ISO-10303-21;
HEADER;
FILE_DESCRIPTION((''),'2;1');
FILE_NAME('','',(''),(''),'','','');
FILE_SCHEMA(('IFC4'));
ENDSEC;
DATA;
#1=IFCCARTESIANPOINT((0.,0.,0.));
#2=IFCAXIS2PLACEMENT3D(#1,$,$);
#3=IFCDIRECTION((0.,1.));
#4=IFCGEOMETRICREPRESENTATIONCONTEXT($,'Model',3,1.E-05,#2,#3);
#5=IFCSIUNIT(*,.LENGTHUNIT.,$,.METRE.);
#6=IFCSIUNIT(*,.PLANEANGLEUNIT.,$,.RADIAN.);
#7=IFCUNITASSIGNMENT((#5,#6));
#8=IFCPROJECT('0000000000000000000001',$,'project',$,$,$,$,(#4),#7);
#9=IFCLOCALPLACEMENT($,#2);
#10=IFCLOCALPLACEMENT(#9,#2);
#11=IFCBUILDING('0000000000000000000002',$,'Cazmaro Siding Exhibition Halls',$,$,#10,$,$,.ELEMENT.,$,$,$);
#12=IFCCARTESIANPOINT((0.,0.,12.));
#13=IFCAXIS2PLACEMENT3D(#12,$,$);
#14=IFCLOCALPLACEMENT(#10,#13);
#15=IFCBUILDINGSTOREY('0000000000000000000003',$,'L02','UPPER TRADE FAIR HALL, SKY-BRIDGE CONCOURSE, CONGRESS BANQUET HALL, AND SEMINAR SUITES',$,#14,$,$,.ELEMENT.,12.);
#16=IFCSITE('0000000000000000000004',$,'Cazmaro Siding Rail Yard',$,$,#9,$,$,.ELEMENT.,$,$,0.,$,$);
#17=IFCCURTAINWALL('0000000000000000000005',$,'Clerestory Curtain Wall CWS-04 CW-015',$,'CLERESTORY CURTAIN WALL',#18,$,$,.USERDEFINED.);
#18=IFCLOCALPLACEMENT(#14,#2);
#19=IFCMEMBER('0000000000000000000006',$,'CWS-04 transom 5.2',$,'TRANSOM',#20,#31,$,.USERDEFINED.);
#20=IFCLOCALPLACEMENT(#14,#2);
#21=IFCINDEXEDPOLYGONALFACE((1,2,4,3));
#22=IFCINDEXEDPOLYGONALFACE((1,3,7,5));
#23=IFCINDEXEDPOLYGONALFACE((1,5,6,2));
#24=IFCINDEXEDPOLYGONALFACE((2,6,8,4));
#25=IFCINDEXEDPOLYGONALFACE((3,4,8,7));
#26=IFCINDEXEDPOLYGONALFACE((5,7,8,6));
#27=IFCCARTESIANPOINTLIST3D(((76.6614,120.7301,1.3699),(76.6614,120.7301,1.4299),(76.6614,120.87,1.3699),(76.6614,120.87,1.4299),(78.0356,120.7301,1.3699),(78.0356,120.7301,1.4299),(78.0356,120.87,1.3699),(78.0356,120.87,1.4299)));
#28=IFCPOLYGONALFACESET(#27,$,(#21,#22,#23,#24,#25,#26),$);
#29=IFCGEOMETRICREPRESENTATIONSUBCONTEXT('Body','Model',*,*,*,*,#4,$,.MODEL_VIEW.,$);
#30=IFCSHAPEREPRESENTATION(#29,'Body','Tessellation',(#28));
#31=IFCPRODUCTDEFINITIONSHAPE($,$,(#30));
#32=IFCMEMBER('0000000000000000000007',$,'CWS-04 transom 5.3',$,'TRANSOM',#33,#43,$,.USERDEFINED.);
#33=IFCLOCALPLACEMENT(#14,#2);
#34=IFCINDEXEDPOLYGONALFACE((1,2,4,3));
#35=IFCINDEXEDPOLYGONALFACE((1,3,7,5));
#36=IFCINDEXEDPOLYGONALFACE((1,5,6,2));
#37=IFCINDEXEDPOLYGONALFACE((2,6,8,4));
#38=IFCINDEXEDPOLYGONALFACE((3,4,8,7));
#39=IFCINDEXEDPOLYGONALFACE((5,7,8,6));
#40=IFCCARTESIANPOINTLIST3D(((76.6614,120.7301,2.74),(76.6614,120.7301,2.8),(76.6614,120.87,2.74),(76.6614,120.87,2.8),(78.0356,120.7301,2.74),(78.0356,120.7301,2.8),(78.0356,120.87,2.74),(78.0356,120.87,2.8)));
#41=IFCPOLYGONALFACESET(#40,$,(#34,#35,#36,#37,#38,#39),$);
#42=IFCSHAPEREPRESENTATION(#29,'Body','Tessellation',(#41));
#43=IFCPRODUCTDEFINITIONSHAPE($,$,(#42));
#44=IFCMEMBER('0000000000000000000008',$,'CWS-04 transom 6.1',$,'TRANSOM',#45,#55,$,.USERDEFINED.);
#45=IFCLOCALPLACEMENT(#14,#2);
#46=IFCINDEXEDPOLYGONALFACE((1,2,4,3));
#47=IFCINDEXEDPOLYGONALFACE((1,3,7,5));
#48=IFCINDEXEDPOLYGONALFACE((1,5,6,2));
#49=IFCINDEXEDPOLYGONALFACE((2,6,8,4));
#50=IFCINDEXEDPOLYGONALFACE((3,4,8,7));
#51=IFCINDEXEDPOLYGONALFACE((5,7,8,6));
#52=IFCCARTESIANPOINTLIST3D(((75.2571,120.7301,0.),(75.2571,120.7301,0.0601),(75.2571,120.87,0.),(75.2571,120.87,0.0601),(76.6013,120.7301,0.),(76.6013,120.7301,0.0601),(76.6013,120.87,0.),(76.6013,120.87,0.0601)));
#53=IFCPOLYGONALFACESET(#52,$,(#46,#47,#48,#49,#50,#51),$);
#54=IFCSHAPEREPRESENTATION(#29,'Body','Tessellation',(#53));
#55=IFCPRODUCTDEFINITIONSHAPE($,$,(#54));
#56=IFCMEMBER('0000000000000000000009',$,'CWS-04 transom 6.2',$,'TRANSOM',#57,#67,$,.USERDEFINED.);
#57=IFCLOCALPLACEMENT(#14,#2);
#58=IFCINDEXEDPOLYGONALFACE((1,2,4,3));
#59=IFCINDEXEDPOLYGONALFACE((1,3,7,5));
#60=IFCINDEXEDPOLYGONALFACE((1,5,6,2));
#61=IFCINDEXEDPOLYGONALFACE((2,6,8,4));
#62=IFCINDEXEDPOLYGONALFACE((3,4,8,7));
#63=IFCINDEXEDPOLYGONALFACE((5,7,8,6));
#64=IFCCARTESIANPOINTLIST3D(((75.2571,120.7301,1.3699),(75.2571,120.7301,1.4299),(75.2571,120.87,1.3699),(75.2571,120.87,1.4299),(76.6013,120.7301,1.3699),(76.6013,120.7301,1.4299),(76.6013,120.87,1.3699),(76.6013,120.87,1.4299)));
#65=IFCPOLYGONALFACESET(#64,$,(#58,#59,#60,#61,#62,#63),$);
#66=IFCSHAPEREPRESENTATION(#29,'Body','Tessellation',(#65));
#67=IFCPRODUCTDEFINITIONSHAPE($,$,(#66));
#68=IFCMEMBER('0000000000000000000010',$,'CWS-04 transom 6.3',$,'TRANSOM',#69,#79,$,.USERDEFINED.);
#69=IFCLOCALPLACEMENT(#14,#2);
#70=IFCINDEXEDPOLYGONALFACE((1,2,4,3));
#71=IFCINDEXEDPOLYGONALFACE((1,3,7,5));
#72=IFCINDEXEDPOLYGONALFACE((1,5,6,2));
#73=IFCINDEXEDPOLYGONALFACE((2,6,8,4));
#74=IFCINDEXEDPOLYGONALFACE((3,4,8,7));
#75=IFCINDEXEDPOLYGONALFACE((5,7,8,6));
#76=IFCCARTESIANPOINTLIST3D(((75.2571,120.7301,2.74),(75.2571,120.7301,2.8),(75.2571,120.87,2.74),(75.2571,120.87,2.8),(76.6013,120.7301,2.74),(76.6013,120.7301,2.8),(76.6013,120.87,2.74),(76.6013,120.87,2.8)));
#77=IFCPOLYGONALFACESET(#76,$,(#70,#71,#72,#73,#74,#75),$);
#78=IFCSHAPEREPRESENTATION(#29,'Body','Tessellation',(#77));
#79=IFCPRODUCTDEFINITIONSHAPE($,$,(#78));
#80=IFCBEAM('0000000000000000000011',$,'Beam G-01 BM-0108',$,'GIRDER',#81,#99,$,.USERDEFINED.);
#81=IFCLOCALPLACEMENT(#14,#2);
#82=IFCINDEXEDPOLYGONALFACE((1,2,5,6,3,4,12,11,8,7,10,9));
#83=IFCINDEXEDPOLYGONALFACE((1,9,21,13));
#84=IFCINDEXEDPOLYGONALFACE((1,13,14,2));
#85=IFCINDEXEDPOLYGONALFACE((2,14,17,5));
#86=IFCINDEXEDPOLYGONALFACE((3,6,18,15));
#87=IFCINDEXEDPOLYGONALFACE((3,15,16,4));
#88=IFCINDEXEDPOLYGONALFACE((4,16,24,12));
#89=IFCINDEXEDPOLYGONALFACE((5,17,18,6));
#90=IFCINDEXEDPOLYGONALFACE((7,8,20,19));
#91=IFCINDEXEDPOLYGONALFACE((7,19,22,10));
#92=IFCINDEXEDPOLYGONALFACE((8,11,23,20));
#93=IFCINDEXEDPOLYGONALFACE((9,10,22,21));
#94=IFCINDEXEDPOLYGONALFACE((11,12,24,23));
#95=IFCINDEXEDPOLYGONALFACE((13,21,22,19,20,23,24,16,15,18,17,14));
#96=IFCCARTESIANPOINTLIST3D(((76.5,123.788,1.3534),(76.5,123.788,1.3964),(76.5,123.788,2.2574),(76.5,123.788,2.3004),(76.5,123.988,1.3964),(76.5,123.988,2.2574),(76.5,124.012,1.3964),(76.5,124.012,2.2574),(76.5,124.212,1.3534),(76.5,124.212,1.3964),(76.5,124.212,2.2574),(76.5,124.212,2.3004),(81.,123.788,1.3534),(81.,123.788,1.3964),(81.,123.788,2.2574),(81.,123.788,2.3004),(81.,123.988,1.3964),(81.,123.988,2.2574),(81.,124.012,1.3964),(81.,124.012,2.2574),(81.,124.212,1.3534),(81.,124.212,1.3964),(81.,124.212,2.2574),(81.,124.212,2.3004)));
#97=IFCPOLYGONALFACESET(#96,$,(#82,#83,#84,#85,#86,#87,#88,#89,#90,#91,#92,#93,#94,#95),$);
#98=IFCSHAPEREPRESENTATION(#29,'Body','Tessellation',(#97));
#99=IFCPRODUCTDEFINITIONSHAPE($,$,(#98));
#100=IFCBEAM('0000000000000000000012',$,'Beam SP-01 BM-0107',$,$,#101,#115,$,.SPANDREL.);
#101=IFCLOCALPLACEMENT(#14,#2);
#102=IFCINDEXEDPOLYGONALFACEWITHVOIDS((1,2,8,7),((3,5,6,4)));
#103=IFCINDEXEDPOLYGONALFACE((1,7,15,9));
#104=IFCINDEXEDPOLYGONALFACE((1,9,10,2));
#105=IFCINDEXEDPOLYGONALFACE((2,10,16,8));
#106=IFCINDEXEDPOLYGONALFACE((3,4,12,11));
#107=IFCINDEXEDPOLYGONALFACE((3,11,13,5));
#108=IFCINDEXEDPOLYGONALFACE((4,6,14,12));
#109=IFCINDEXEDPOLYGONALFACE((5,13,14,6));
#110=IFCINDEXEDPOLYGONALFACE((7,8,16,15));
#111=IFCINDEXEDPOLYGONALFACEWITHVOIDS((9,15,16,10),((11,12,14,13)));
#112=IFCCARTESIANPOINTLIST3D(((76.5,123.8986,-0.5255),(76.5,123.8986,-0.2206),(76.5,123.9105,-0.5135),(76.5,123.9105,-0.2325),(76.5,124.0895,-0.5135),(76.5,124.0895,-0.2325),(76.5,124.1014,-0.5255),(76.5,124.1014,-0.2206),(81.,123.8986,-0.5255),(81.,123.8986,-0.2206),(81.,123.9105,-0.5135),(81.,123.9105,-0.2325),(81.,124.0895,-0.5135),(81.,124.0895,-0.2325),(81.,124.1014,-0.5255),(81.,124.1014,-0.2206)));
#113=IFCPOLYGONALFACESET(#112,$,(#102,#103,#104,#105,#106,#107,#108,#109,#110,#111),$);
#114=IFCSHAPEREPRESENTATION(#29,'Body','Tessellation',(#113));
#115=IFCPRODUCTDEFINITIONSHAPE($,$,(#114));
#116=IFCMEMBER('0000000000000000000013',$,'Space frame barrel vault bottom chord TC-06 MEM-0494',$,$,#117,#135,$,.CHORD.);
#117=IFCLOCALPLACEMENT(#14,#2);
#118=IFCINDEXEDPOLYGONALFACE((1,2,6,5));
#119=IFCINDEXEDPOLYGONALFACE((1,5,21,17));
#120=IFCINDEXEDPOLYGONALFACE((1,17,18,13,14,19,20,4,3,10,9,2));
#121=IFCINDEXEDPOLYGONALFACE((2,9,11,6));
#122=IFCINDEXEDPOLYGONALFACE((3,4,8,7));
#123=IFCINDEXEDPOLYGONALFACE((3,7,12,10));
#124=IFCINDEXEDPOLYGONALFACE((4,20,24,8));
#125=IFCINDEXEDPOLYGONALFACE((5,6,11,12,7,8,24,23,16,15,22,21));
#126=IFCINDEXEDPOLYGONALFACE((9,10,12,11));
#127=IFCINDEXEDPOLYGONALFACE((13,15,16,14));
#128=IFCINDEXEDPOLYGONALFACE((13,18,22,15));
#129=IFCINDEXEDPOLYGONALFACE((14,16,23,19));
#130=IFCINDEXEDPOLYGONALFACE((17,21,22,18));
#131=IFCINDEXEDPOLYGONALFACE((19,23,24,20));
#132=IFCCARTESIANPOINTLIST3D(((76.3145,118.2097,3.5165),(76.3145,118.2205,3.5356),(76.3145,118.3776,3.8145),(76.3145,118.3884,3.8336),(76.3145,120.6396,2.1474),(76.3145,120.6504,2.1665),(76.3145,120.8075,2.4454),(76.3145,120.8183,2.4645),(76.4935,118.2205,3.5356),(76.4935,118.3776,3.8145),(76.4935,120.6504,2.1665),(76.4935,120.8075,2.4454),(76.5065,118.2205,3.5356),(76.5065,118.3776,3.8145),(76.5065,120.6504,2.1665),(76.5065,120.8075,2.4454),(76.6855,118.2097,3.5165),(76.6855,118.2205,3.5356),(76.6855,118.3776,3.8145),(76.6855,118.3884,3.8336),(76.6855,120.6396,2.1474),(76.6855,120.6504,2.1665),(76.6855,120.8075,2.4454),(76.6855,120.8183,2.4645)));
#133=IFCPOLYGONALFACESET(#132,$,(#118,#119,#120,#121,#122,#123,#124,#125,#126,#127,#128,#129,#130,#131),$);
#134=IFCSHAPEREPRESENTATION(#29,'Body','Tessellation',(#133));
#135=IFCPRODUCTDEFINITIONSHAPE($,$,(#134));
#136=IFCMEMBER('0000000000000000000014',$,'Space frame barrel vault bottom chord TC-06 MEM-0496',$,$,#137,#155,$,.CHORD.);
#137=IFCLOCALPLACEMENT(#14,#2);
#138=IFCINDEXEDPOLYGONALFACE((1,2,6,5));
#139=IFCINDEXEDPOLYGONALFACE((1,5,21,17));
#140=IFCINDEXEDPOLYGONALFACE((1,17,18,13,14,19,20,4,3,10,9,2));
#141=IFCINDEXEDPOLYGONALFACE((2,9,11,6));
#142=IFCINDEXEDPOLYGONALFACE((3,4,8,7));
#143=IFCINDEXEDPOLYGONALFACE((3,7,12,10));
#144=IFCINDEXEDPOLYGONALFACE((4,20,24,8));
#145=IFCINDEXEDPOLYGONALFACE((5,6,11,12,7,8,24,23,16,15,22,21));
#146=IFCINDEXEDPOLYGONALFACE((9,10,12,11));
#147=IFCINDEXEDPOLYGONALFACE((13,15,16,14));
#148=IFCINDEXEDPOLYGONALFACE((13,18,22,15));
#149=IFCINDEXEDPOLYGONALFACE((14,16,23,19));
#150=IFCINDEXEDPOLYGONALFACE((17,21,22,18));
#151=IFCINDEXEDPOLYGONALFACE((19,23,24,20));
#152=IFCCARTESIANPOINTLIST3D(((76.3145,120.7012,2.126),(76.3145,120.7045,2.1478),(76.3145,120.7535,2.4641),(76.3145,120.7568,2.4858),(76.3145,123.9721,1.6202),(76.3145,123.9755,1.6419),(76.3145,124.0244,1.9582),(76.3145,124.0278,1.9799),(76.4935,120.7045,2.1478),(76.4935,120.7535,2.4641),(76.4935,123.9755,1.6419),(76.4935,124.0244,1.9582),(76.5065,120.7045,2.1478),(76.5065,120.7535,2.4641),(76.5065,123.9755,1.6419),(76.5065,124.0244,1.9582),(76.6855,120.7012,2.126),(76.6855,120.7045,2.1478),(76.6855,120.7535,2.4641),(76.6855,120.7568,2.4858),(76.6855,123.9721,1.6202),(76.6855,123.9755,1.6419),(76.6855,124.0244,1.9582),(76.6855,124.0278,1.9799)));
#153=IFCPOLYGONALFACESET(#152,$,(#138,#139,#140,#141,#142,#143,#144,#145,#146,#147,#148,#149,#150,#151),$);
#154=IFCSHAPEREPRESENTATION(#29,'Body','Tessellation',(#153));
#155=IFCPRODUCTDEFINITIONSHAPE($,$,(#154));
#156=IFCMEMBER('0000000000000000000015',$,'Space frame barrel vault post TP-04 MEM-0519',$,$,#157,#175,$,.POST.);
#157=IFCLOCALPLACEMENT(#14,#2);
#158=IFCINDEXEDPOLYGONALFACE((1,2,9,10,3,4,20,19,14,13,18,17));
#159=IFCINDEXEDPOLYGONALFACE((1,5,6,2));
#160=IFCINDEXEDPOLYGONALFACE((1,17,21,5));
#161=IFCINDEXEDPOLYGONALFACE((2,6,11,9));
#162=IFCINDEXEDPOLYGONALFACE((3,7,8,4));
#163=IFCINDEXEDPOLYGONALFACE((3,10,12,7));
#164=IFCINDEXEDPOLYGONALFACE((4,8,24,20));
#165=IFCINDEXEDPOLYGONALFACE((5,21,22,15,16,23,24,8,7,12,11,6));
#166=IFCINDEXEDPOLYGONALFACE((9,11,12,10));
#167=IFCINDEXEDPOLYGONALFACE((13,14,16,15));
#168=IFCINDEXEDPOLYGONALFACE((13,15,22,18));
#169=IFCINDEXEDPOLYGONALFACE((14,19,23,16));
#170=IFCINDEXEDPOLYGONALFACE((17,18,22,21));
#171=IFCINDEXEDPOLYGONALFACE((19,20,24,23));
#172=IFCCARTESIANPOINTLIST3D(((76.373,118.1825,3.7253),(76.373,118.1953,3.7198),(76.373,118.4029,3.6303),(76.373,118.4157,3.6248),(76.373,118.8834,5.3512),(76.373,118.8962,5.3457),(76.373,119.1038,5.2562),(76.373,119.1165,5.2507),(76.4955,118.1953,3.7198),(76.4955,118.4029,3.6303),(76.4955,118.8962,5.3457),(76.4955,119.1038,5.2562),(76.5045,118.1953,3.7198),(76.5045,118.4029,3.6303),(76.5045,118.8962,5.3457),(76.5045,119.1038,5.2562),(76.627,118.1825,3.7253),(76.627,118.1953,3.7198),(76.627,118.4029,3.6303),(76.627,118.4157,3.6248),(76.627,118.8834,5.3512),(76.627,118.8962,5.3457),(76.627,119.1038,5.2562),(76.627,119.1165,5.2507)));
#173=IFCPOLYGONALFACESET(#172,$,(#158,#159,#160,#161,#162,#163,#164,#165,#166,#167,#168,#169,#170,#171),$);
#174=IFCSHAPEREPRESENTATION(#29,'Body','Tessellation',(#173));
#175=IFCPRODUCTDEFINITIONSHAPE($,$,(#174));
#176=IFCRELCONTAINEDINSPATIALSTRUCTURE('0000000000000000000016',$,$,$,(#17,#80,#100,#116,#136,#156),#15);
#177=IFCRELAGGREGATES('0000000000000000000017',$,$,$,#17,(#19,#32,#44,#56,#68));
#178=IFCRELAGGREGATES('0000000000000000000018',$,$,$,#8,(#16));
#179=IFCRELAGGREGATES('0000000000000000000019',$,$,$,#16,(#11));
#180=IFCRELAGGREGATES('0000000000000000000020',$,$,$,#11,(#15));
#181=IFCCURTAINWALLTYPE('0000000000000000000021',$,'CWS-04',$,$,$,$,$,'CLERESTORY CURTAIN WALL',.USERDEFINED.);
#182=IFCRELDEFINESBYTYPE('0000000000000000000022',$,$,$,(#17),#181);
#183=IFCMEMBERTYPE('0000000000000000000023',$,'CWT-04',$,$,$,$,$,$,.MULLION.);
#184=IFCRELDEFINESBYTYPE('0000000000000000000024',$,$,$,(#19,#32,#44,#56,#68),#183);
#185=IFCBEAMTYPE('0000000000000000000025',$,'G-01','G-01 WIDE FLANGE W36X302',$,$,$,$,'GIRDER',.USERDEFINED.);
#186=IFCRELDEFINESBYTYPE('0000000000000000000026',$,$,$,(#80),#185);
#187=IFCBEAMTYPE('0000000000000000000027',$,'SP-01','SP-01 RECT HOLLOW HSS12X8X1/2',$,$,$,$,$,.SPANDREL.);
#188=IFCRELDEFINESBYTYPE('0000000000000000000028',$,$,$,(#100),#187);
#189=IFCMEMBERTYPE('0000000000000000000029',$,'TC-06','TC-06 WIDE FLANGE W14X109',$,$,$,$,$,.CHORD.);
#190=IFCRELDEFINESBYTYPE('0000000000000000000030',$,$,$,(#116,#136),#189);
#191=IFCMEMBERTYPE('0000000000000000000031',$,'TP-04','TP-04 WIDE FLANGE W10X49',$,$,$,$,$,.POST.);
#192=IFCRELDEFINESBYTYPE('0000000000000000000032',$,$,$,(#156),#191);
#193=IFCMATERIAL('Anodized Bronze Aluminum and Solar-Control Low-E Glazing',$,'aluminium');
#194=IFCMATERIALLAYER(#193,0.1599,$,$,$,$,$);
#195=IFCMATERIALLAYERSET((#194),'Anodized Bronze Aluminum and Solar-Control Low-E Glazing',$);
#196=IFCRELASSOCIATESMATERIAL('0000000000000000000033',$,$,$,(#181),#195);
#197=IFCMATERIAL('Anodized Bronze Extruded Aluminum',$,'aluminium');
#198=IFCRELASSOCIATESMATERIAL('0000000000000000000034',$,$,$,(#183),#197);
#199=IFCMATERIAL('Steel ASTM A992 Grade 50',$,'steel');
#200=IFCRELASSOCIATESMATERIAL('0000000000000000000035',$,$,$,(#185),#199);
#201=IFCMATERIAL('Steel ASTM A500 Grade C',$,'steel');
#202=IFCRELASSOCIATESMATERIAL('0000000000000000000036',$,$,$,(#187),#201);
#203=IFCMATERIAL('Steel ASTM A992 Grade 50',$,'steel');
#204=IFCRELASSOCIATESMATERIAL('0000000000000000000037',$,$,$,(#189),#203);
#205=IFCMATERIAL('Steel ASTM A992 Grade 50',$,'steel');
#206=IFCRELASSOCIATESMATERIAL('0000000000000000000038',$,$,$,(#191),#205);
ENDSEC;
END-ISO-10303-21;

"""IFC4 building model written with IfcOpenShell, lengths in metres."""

from ifc_helpers import new_model, si_unit, direction, frame, origin, origin_2d, place, context, subcontext, project, spatial, rectangle, hollow_rectangle, i_section, extrude, material, layer, layer_set, material_profile, profile_set, type_object, element, aggregate, save


model = new_model("IFC4")

# Units and contexts
model_context = context("Model", 3, precision=1e-05, world=origin(), true_north=direction((0.0, 1.0)))
body_context = subcontext(model_context, "Body", "Model", "MODEL_VIEW")
ifc_project = project(units=[si_unit("LENGTHUNIT", "METRE"), si_unit("PLANEANGLEUNIT", "RADIAN")], contexts=[model_context])

# Site, building, storey
site_placement = place(None, origin())
site = spatial("IfcSite", under=ifc_project, at=site_placement, Name="Cazmaro Siding Rail Yard", CompositionType="ELEMENT", RefElevation=0.0)
building_placement = place(site_placement, origin())
building = spatial("IfcBuilding", under=site, at=building_placement, Name="Cazmaro Siding Exhibition Halls", CompositionType="ELEMENT")
storey_placement = place(building_placement, frame((0.0, 0.0, 12.0)))
storey = spatial("IfcBuildingStorey", under=building, at=storey_placement, Name="L02", Description="UPPER TRADE FAIR HALL, SKY-BRIDGE CONCOURSE, CONGRESS BANQUET HALL, AND SEMINAR SUITES", CompositionType="ELEMENT", Elevation=12.0)

# Curtain wall, members
ifc_material_1 = material(Name="Anodized Bronze Aluminum and Solar-Control Low-E Glazing", Category="aluminium")
ifc_layer_1 = layer(ifc_material_1, 0.1599)
ifc_layer_set_1 = layer_set([ifc_layer_1], Name="Anodized Bronze Aluminum and Solar-Control Low-E Glazing")
curtain_wall_type = type_object("IfcCurtainWallType", Name="CWS-04", ElementType="CLERESTORY CURTAIN WALL", PredefinedType="USERDEFINED", material=ifc_layer_set_1)
curtain_wall_placement = place(storey_placement, origin())
curtain_wall = element("IfcCurtainWall", 1, at=curtain_wall_placement, inside=storey, type_object=curtain_wall_type, Name="Clerestory Curtain Wall CWS-04 CW-015", ObjectType="CLERESTORY CURTAIN WALL", PredefinedType="USERDEFINED")
ifc_material_2 = material(Name="Anodized Bronze Extruded Aluminum", Category="aluminium")
ifc_material_profile_1 = material_profile(ifc_material_2, rectangle(XDim=0.1399, YDim=0.0601, at=origin_2d()), Name="CWT-04")
ifc_profile_set_1 = profile_set([ifc_material_profile_1], Name="Anodized Bronze Extruded Aluminum")
member_type_1 = type_object("IfcMemberType", Name="CWT-04", PredefinedType="MULLION", material=ifc_profile_set_1)
member_1_placement = place(storey_placement, frame((78.0356, 120.8, 1.3999), z_axis=(-1.0, 0.0, 0.0), x_axis=(0.0, -1.0, 0.0)))
member_1 = element("IfcMember", 2, at=member_1_placement, type_object=member_type_1, Name="CWS-04 transom 5.2", ObjectType="TRANSOM", PredefinedType="USERDEFINED", context=body_context, shape_type="SweptSolid", body=[
    extrude(rectangle(XDim=0.1399, YDim=0.0601, at=origin_2d()), origin(), (0.0, 0.0, 1.0), 1.3743),
])
member_2_placement = place(storey_placement, frame((78.0356, 120.8, 2.77), z_axis=(-1.0, 0.0, 0.0), x_axis=(0.0, -1.0, 0.0)))
member_2 = element("IfcMember", 3, at=member_2_placement, type_object=member_type_1, Name="CWS-04 transom 5.3", ObjectType="TRANSOM", PredefinedType="USERDEFINED", context=body_context, shape_type="SweptSolid", body=[
    extrude(rectangle(XDim=0.1399, YDim=0.0601, at=origin_2d()), origin(), (0.0, 0.0, 1.0), 1.3743),
])
member_3_placement = place(storey_placement, frame((76.6013, 120.8, 0.03), z_axis=(-1.0, 0.0, 0.0), x_axis=(0.0, -1.0, 0.0)))
member_3 = element("IfcMember", 4, at=member_3_placement, type_object=member_type_1, Name="CWS-04 transom 6.1", ObjectType="TRANSOM", PredefinedType="USERDEFINED", context=body_context, shape_type="SweptSolid", body=[
    extrude(rectangle(XDim=0.1399, YDim=0.0601, at=origin_2d()), origin(), (0.0, 0.0, 1.0), 1.3442),
])
member_4_placement = place(storey_placement, frame((76.6013, 120.8, 1.3999), z_axis=(-1.0, 0.0, 0.0), x_axis=(0.0, -1.0, 0.0)))
member_4 = element("IfcMember", 5, at=member_4_placement, type_object=member_type_1, Name="CWS-04 transom 6.2", ObjectType="TRANSOM", PredefinedType="USERDEFINED", context=body_context, shape_type="SweptSolid", body=[
    extrude(rectangle(XDim=0.1399, YDim=0.0601, at=origin_2d()), origin(), (0.0, 0.0, 1.0), 1.3442),
])
member_5_placement = place(storey_placement, frame((76.6013, 120.8, 2.77), z_axis=(-1.0, 0.0, 0.0), x_axis=(0.0, -1.0, 0.0)))
member_5 = element("IfcMember", 6, at=member_5_placement, type_object=member_type_1, Name="CWS-04 transom 6.3", ObjectType="TRANSOM", PredefinedType="USERDEFINED", context=body_context, shape_type="SweptSolid", body=[
    extrude(rectangle(XDim=0.1399, YDim=0.0601, at=origin_2d()), origin(), (0.0, 0.0, 1.0), 1.3442),
])

# Beams
ifc_material_3 = material(Name="Steel ASTM A992 Grade 50", Category="steel")
ifc_material_profile_2 = material_profile(ifc_material_3, i_section(OverallWidth=0.4241, OverallDepth=0.947, WebThickness=0.0239, FlangeThickness=0.043, at=origin_2d()), Name="W36X302")
ifc_profile_set_2 = profile_set([ifc_material_profile_2], Name="Steel ASTM A992 Grade 50")
beam_type_1 = type_object("IfcBeamType", Name="G-01", Description="G-01 WIDE FLANGE W36X302", ElementType="GIRDER", PredefinedType="USERDEFINED", material=ifc_profile_set_2)
beam_1_placement = place(storey_placement, frame((76.5, 124.0, 1.8269), z_axis=(1.0, 0.0, 0.0), x_axis=(0.0, 1.0, 0.0)))
element("IfcBeam", 7, at=beam_1_placement, inside=storey, type_object=beam_type_1, Name="Beam G-01 BM-0108", ObjectType="GIRDER", PredefinedType="USERDEFINED", context=body_context, shape_type="SweptSolid", body=[
    extrude(i_section(OverallWidth=0.4241, OverallDepth=0.947, WebThickness=0.0239, FlangeThickness=0.043, at=origin_2d()), origin(), (0.0, 0.0, 1.0), 4.5),
])
ifc_material_4 = material(Name="Steel ASTM A500 Grade C", Category="steel")
ifc_material_profile_3 = material_profile(ifc_material_4, hollow_rectangle(XDim=0.2029, YDim=0.3049, WallThickness=0.012, at=origin_2d()), Name="HSS12X8X1/2")
ifc_profile_set_3 = profile_set([ifc_material_profile_3], Name="Steel ASTM A500 Grade C")
beam_type_2 = type_object("IfcBeamType", Name="SP-01", Description="SP-01 RECT HOLLOW HSS12X8X1/2", PredefinedType="SPANDREL", material=ifc_profile_set_3)
beam_2_placement = place(storey_placement, frame((76.5, 124.0, -0.373), z_axis=(1.0, 0.0, 0.0), x_axis=(0.0, 1.0, 0.0)))
element("IfcBeam", 8, at=beam_2_placement, inside=storey, type_object=beam_type_2, Name="Beam SP-01 BM-0107", PredefinedType="SPANDREL", context=body_context, shape_type="SweptSolid", body=[
    extrude(hollow_rectangle(XDim=0.2029, YDim=0.3049, WallThickness=0.012, at=origin_2d()), origin(), (0.0, 0.0, 1.0), 4.5),
])

# Members
ifc_material_5 = material(Name="Steel ASTM A992 Grade 50", Category="steel")
ifc_material_profile_4 = material_profile(ifc_material_5, i_section(OverallWidth=0.3711, OverallDepth=0.364, WebThickness=0.0129, FlangeThickness=0.022, at=origin_2d()), Name="W14X109")
ifc_profile_set_4 = profile_set([ifc_material_profile_4], Name="Steel ASTM A992 Grade 50")
member_type_2 = type_object("IfcMemberType", Name="TC-06", Description="TC-06 WIDE FLANGE W14X109", PredefinedType="CHORD", material=ifc_profile_set_4)
member_6_placement = place(storey_placement, frame((76.5, 118.2991, 3.675), z_axis=(0.0, 0.871222, -0.490889), x_axis=(-1.0, 0.0, 0.0)))
element("IfcMember", 9, at=member_6_placement, inside=storey, type_object=member_type_2, Name="Space frame barrel vault bottom chord TC-06 MEM-0494", PredefinedType="CHORD", context=body_context, shape_type="SweptSolid", body=[
    extrude(i_section(OverallWidth=0.3711, OverallDepth=0.364, WebThickness=0.0129, FlangeThickness=0.022, at=origin_2d()), origin(), (0.0, 0.0, 1.0), 2.7891),
])
member_7_placement = place(storey_placement, frame((76.5, 120.729, 2.3059), z_axis=(0.0, 0.988252, -0.152833), x_axis=(-1.0, 0.0, 0.0)))
element("IfcMember", 10, at=member_7_placement, inside=storey, type_object=member_type_2, Name="Space frame barrel vault bottom chord TC-06 MEM-0496", PredefinedType="CHORD", context=body_context, shape_type="SweptSolid", body=[
    extrude(i_section(OverallWidth=0.3711, OverallDepth=0.364, WebThickness=0.0129, FlangeThickness=0.022, at=origin_2d()), origin(), (0.0, 0.0, 1.0), 3.3098),
])
ifc_material_6 = material(Name="Steel ASTM A992 Grade 50", Category="steel")
ifc_material_profile_5 = material_profile(ifc_material_6, i_section(OverallWidth=0.2539, OverallDepth=0.2539, WebThickness=0.009, FlangeThickness=0.0139, at=origin_2d()), Name="W10X49")
ifc_profile_set_5 = profile_set([ifc_material_profile_5], Name="Steel ASTM A992 Grade 50")
member_type_3 = type_object("IfcMemberType", Name="TP-04", Description="TP-04 WIDE FLANGE W10X49", PredefinedType="POST", material=ifc_profile_set_5)
member_8_placement = place(storey_placement, frame((76.5, 118.2991, 3.675), z_axis=(0.0, 0.395865, 0.918309), x_axis=(-1.0, 0.0, 0.0)))
element("IfcMember", 11, at=member_8_placement, inside=storey, type_object=member_type_3, Name="Space frame barrel vault post TP-04 MEM-0519", PredefinedType="POST", context=body_context, shape_type="SweptSolid", body=[
    extrude(i_section(OverallWidth=0.2539, OverallDepth=0.2539, WebThickness=0.009, FlangeThickness=0.0139, at=origin_2d()), origin(), (0.0, 0.0, 1.0), 1.7705),
])

aggregate(curtain_wall, [member_1, member_2, member_3, member_4, member_5])

save(model, "model.ifc")
